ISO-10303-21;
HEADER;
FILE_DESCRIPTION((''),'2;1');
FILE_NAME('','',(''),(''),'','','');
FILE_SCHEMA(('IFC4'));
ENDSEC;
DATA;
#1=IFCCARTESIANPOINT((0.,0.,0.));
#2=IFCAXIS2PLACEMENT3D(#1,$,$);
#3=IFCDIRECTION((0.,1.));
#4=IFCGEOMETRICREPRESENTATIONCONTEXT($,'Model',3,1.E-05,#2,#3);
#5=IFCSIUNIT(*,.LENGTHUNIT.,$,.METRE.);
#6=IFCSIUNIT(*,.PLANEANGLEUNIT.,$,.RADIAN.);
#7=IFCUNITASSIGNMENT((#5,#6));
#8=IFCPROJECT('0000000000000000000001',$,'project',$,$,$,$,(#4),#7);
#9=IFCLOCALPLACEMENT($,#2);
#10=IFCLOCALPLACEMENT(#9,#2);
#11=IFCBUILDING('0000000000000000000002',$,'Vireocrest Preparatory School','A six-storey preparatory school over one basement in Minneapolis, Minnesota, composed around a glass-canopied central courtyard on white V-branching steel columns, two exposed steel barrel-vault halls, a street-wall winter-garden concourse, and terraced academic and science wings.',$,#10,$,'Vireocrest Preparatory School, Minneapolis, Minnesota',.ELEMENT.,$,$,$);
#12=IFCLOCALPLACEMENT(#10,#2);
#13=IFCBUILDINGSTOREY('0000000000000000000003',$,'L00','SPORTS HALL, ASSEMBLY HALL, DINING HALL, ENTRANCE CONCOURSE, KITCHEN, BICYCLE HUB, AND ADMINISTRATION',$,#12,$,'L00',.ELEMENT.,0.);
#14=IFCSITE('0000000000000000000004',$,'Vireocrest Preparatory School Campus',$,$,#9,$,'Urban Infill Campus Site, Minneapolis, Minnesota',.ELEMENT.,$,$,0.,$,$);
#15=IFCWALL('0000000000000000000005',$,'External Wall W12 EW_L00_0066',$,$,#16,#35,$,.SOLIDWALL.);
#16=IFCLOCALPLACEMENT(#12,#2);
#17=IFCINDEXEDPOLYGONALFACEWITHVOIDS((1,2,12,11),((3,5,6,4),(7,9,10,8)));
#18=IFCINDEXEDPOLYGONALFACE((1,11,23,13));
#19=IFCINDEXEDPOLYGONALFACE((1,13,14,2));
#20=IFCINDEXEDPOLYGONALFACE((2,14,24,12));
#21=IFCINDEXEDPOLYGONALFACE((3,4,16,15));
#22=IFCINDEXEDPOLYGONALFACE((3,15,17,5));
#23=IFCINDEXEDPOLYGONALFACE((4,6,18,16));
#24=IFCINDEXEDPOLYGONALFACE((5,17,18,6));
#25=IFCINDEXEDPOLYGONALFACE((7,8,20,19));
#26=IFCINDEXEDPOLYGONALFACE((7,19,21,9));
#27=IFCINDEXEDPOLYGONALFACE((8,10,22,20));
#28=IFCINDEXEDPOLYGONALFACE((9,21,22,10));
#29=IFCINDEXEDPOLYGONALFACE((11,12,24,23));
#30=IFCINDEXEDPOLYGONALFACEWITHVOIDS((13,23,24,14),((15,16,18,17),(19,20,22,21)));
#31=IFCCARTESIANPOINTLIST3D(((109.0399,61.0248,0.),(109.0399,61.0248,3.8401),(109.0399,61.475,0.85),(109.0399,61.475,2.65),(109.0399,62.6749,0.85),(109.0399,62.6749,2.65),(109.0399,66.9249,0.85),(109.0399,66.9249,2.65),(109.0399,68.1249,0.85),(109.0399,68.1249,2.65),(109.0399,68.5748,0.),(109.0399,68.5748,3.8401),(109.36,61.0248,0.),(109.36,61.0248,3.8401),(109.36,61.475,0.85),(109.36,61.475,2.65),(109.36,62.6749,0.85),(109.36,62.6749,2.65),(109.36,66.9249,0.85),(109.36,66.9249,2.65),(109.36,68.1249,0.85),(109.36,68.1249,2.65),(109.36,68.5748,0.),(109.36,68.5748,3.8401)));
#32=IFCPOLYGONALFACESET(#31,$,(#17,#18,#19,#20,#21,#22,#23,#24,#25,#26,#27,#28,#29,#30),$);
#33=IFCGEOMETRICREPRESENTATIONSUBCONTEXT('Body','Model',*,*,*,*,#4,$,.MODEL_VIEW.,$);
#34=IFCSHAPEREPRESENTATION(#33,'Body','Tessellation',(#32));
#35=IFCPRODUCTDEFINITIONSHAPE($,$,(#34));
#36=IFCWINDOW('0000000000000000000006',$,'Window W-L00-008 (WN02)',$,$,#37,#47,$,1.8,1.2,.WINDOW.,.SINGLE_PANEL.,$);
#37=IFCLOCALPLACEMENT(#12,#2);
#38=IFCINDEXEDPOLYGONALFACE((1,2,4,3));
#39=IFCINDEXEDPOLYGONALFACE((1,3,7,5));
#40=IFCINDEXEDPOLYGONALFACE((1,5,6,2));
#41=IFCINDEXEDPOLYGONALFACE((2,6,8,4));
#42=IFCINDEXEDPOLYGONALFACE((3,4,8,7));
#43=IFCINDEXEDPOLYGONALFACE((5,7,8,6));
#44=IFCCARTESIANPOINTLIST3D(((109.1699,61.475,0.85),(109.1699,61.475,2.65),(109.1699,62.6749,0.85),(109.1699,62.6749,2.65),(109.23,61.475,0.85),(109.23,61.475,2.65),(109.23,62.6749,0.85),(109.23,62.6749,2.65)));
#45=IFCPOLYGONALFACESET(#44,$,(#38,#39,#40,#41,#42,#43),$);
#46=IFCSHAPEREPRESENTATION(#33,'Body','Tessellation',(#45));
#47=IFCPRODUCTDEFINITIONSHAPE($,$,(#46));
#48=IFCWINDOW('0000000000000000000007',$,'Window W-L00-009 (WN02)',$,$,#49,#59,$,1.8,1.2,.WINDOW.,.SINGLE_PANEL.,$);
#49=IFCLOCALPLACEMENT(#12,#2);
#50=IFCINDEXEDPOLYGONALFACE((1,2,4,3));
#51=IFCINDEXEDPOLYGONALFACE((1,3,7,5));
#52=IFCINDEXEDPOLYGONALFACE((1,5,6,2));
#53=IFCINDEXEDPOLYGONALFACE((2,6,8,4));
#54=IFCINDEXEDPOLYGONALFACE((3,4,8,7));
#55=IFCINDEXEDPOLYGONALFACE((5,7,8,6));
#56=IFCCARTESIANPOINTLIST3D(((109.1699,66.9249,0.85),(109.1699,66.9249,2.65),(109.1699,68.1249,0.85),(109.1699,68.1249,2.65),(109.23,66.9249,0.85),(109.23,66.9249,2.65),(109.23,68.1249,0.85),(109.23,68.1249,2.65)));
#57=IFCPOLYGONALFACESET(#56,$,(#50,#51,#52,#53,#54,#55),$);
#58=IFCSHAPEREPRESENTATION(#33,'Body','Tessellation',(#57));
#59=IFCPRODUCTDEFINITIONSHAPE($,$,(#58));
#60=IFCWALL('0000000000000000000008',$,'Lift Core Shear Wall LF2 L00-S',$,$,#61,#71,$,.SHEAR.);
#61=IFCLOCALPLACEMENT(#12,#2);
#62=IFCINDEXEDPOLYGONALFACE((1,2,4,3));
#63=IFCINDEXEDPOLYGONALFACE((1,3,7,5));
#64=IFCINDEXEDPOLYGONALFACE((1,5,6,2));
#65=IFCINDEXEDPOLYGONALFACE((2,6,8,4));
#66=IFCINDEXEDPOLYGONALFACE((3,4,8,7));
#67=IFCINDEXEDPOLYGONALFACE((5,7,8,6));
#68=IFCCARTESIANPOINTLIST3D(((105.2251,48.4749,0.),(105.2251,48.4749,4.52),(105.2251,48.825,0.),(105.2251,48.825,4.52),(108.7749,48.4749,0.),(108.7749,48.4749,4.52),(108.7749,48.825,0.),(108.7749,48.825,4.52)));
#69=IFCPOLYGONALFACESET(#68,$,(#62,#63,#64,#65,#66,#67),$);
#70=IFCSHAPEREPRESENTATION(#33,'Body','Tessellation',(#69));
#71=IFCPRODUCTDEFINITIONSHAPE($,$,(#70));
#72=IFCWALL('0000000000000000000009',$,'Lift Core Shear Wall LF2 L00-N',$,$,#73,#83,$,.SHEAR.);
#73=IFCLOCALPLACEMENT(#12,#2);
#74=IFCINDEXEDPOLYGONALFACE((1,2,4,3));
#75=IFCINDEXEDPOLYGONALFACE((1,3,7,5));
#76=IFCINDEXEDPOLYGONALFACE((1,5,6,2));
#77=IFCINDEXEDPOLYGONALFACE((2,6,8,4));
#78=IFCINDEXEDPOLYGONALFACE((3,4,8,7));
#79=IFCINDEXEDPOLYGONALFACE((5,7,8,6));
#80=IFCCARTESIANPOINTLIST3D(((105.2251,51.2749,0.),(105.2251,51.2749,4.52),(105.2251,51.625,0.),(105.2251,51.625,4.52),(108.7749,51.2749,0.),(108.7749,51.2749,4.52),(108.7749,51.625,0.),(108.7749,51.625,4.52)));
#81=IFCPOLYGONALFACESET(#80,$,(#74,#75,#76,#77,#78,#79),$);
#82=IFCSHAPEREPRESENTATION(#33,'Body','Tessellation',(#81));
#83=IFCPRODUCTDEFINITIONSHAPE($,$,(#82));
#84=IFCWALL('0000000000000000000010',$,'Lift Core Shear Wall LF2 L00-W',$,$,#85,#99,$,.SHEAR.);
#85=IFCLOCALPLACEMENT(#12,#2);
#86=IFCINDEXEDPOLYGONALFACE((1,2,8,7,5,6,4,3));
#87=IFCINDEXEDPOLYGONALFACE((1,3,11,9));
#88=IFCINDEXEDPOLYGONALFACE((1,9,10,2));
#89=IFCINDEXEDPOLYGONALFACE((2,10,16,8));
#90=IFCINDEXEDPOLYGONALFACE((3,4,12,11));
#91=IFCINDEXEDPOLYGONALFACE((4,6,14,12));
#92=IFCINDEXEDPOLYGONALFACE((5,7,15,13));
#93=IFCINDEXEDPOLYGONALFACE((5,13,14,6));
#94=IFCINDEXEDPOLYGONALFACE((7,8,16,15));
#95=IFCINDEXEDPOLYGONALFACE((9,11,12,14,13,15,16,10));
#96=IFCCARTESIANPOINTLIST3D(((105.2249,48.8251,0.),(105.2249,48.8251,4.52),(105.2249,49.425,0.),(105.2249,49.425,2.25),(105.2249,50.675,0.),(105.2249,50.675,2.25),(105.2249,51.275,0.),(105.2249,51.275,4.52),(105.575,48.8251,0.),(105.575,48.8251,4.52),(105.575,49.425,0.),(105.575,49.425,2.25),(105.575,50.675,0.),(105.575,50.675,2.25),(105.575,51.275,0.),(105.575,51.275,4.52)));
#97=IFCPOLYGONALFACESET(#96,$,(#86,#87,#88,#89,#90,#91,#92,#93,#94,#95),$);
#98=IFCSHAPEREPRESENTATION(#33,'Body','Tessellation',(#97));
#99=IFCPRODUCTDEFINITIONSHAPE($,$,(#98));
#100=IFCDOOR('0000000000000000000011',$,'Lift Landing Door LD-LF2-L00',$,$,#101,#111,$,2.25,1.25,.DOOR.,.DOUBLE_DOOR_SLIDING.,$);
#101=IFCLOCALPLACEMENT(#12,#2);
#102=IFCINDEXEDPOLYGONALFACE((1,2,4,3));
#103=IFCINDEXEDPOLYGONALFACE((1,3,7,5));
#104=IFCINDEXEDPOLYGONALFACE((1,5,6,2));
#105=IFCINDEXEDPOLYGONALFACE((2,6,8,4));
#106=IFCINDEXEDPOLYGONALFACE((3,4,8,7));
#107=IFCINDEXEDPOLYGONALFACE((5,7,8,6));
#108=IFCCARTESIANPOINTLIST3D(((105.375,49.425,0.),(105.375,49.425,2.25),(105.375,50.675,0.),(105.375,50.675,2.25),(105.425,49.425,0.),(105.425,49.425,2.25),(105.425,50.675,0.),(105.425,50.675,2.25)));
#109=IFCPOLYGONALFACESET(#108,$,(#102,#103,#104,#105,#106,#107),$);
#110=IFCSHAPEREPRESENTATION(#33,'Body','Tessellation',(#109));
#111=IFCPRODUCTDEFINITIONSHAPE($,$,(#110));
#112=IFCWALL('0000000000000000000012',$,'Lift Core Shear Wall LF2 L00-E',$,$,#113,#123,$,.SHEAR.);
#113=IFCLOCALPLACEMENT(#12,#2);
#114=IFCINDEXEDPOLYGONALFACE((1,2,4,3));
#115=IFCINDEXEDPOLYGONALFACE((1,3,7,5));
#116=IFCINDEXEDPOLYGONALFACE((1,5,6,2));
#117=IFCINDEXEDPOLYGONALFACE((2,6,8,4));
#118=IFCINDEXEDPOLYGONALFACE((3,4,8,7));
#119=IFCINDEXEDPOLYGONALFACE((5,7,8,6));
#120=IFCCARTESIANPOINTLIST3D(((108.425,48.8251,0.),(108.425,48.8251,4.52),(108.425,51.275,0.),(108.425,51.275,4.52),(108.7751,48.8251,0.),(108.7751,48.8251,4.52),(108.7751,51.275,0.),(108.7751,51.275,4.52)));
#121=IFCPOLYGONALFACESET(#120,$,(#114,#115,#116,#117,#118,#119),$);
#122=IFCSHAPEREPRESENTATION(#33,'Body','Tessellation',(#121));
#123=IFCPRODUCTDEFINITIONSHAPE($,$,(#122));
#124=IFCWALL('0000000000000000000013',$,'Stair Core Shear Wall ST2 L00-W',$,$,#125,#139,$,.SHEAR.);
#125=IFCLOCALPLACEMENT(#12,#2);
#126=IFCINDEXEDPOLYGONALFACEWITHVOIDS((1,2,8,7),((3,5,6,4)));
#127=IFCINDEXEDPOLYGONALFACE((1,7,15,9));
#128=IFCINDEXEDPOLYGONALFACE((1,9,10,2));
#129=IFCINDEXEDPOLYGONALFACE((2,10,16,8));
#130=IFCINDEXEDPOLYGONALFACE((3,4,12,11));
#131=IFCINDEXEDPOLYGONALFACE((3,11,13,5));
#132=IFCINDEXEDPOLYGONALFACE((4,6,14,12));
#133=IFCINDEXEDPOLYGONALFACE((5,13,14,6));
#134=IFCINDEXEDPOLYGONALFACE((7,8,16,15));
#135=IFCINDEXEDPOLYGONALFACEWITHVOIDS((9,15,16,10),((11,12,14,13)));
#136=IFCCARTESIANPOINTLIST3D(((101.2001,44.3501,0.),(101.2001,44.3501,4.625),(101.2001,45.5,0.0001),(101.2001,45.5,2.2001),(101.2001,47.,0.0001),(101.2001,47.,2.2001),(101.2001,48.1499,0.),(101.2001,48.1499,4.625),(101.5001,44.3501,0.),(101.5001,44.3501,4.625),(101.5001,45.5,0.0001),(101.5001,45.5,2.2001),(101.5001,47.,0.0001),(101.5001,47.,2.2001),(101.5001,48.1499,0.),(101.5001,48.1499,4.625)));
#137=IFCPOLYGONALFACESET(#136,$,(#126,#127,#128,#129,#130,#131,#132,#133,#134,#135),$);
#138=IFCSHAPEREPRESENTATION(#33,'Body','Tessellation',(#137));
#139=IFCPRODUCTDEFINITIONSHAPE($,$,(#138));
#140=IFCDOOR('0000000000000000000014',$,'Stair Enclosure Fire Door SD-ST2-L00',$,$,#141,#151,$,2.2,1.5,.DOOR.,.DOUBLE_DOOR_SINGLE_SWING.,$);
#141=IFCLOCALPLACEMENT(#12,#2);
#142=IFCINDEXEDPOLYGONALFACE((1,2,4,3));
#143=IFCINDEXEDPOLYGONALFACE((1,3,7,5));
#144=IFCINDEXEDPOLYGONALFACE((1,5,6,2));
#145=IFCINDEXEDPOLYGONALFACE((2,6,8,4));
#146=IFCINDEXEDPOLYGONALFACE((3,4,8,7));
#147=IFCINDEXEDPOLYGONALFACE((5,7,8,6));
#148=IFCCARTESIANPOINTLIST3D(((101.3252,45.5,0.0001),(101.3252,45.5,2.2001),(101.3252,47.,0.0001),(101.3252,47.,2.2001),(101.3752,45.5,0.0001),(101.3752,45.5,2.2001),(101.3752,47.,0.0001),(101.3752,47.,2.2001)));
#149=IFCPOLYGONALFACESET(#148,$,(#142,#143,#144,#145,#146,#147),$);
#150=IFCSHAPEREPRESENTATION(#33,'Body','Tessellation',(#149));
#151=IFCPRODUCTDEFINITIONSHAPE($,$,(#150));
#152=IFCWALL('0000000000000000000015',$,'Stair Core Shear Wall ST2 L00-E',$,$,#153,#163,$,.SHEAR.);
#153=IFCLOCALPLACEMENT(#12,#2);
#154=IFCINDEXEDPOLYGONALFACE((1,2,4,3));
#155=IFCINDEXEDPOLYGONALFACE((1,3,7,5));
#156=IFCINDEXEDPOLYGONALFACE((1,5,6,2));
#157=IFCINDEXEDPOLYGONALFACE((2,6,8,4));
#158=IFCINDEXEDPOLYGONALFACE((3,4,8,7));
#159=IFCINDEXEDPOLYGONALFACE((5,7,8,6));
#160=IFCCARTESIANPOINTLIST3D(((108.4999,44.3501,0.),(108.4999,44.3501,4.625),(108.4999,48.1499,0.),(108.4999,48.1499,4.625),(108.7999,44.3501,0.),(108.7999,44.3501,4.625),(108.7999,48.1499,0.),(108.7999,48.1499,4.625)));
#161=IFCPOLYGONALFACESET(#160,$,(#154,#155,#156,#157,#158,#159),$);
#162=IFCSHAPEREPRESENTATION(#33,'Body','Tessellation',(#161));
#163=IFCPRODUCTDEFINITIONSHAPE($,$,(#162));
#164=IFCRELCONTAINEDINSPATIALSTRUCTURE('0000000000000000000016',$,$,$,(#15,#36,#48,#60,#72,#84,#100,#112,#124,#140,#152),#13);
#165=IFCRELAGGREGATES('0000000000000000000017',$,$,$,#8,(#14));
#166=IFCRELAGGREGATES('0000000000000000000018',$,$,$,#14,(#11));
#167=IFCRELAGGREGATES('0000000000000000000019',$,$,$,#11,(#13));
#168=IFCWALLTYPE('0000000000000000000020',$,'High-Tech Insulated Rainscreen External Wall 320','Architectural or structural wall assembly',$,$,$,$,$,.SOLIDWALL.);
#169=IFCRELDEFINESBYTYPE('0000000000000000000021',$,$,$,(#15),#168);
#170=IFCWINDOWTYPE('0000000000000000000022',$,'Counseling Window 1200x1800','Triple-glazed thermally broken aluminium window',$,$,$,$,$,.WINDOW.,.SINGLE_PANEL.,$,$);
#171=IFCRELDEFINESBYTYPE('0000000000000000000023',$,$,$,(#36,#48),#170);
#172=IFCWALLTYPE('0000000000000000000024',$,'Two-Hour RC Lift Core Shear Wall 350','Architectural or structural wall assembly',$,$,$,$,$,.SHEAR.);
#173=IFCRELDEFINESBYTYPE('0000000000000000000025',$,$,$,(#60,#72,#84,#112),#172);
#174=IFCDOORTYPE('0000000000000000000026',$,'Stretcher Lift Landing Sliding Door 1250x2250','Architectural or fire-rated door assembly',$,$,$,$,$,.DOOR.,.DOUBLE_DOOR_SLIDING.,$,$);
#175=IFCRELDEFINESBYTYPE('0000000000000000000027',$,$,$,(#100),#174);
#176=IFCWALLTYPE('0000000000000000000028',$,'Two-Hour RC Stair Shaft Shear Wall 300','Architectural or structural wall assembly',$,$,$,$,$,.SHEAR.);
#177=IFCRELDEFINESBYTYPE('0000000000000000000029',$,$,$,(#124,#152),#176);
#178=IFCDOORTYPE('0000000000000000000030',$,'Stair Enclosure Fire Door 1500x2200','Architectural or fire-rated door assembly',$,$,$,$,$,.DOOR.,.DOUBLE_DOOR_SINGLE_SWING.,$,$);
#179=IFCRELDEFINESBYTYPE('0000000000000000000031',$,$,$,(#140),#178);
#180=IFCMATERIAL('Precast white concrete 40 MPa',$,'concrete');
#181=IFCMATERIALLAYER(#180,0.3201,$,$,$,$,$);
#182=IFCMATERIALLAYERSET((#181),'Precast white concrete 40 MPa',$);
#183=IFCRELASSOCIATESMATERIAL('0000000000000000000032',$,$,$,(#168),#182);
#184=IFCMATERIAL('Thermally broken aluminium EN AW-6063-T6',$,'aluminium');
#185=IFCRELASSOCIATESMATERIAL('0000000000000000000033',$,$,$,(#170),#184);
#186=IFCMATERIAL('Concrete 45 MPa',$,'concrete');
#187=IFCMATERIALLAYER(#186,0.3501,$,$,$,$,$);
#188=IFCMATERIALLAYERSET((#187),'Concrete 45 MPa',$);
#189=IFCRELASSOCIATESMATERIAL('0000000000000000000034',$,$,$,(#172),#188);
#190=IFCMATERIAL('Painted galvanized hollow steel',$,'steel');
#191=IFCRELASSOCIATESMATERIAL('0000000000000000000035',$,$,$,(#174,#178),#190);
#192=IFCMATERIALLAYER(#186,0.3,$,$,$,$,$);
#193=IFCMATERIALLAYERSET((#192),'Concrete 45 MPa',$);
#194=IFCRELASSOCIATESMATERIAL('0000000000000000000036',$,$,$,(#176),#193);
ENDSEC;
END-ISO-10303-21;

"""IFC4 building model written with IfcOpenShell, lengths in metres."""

from ifc_helpers import new_model, si_unit, direction, frame, frame_2d, origin, place, context, subcontext, project, spatial, rectangle, extrude, material, layer, layer_set, type_object, element, fill, save


model = new_model("IFC4")

# Units and contexts
model_context = context("Model", 3, precision=1e-05, world=origin(), true_north=direction((0.0, 1.0)))
body_context = subcontext(model_context, "Body", "Model", "MODEL_VIEW")
ifc_project = project(units=[si_unit("LENGTHUNIT", "METRE"), si_unit("PLANEANGLEUNIT", "RADIAN")], contexts=[model_context])

# Site, building, storey
site_placement = place(None, origin())
site = spatial("IfcSite", under=ifc_project, at=site_placement, Name="Vireocrest Preparatory School Campus", LongName="Urban Infill Campus Site, Minneapolis, Minnesota", CompositionType="ELEMENT", RefElevation=0.0)
building_placement = place(site_placement, origin())
building = spatial("IfcBuilding", under=site, at=building_placement, Name="Vireocrest Preparatory School", Description="A six-storey preparatory school over one basement in Minneapolis, Minnesota, composed around a glass-canopied central courtyard on white V-branching steel columns, two exposed steel barrel-vault halls, a street-wall winter-garden concourse, and terraced academic and science wings.", LongName="Vireocrest Preparatory School, Minneapolis, Minnesota", CompositionType="ELEMENT")
storey_placement = place(building_placement, origin())
storey = spatial("IfcBuildingStorey", under=building, at=storey_placement, Name="L00", Description="SPORTS HALL, ASSEMBLY HALL, DINING HALL, ENTRANCE CONCOURSE, KITCHEN, BICYCLE HUB, AND ADMINISTRATION", LongName="L00", CompositionType="ELEMENT", Elevation=0.0)

# Shared definitions
ifc_material_1 = material(Name="Concrete 45 MPa", Category="concrete")

# Shared definitions
ifc_material_2 = material(Name="Precast white concrete 40 MPa", Category="concrete")
ifc_layer_1 = layer(ifc_material_2, 0.3201)
ifc_layer_set_1 = layer_set([ifc_layer_1], Name="Precast white concrete 40 MPa")
wall_type_1 = type_object("IfcWallType", Name="High-Tech Insulated Rainscreen External Wall 320", Description="Architectural or structural wall assembly", PredefinedType="SOLIDWALL", material=ifc_layer_set_1)
ifc_material_3 = material(Name="Thermally broken aluminium EN AW-6063-T6", Category="aluminium")
window_type_1 = type_object("IfcWindowType", Name="Counseling Window 1200x1800", Description="Triple-glazed thermally broken aluminium window", PartitioningType="SINGLE_PANEL", PredefinedType="WINDOW", material=ifc_material_3)

# Shared definitions
ifc_material_4 = material(Name="Painted galvanized hollow steel", Category="steel")

# Wall, openings, windows
wall_1_placement = place(storey_placement, frame((109.2, 61.0249, 0.0), z_axis=(0.0, 0.0, 1.0), x_axis=(0.0, 1.0, 0.0)))
wall_1 = element("IfcWall", 1, at=wall_1_placement, inside=storey, type_object=wall_type_1, Name="External Wall W12 EW_L00_0066", PredefinedType="SOLIDWALL", context=body_context, shape_type="SweptSolid", body=[
    extrude(rectangle(XDim=7.55, YDim=0.3201, at=frame_2d((3.7749, 0.0))), origin(), (0.0, 0.0, 1.0), 3.8401),
])
opening_1_placement = place(wall_1_placement, frame((0.45, 0.0, 0.8501)))
opening_1 = element("IfcOpeningElement", 2, at=opening_1_placement, cuts=wall_1, PredefinedType="OPENING", context=body_context, shape_type="SweptSolid", body=[
    extrude(rectangle(XDim=1.2, YDim=1.8, at=frame_2d((0.6001, 0.8999))), frame((0.0, 0.1699, 0.0), z_axis=(0.0, -1.0, 0.0), x_axis=(1.0, 0.0, 0.0)), (0.0, 0.0, 1.0), 0.3401),
])
opening_2_placement = place(wall_1_placement, frame((5.8999, 0.0, 0.8501)))
opening_2 = element("IfcOpeningElement", 3, at=opening_2_placement, cuts=wall_1, PredefinedType="OPENING", context=body_context, shape_type="SweptSolid", body=[
    extrude(rectangle(XDim=1.2, YDim=1.8, at=frame_2d((0.6001, 0.8999))), frame((0.0, 0.1699, 0.0), z_axis=(0.0, -1.0, 0.0), x_axis=(1.0, 0.0, 0.0)), (0.0, 0.0, 1.0), 0.3401),
])
window_1_placement = place(opening_1_placement, origin())
window_1 = element("IfcWindow", 4, at=window_1_placement, inside=storey, type_object=window_type_1, Name="Window W-L00-008 (WN02)", OverallHeight=1.8, OverallWidth=1.2, PartitioningType="SINGLE_PANEL", PredefinedType="WINDOW", context=body_context, shape_type="SweptSolid", body=[
    extrude(rectangle(XDim=1.2, YDim=1.8, at=frame_2d((0.6001, 0.8999))), frame((0.0, 0.03, 0.0), z_axis=(0.0, -1.0, 0.0), x_axis=(1.0, 0.0, 0.0)), (0.0, 0.0, 1.0), 0.0601),
])
fill(opening_1, window_1)
window_2_placement = place(opening_2_placement, origin())
window_2 = element("IfcWindow", 5, at=window_2_placement, inside=storey, type_object=window_type_1, Name="Window W-L00-009 (WN02)", OverallHeight=1.8, OverallWidth=1.2, PartitioningType="SINGLE_PANEL", PredefinedType="WINDOW", context=body_context, shape_type="SweptSolid", body=[
    extrude(rectangle(XDim=1.2, YDim=1.8, at=frame_2d((0.6001, 0.8999))), frame((0.0, 0.03, 0.0), z_axis=(0.0, -1.0, 0.0), x_axis=(1.0, 0.0, 0.0)), (0.0, 0.0, 1.0), 0.0601),
])
fill(opening_2, window_2)

# Walls
ifc_layer_2 = layer(ifc_material_1, 0.3501)
ifc_layer_set_2 = layer_set([ifc_layer_2], Name="Concrete 45 MPa")
wall_type_2 = type_object("IfcWallType", Name="Two-Hour RC Lift Core Shear Wall 350", Description="Architectural or structural wall assembly", PredefinedType="SHEAR", material=ifc_layer_set_2)
for number, where, z_axis, x_axis, name in (
    (6, (105.2251, 48.6499, 0.0), (0.0, 0.0, 1.0), (1.0, 0.0, 0.0), "Lift Core Shear Wall LF2 L00-S"),
    (7, (105.2251, 51.45, 0.0), (0.0, 0.0, 1.0), (1.0, 0.0, 0.0), "Lift Core Shear Wall LF2 L00-N"),
):
    element("IfcWall", number, at=place(storey_placement, frame(where, z_axis=z_axis, x_axis=x_axis)), inside=storey, type_object=wall_type_2, Name=name, PredefinedType="SHEAR", context=body_context, shape_type="SweptSolid", body=[
        extrude(rectangle(XDim=3.5498, YDim=0.3501, at=frame_2d((1.7749, 0.0))), origin(), (0.0, 0.0, 1.0), 4.52),
    ])

# Wall, opening, door
wall_2_placement = place(storey_placement, frame((105.3999, 48.825, 0.0), z_axis=(0.0, 0.0, 1.0), x_axis=(0.0, 1.0, 0.0)))
wall_2 = element("IfcWall", 8, at=wall_2_placement, inside=storey, type_object=wall_type_2, Name="Lift Core Shear Wall LF2 L00-W", PredefinedType="SHEAR", context=body_context, shape_type="SweptSolid", body=[
    extrude(rectangle(XDim=2.45, YDim=0.3501, at=frame_2d((1.2251, 0.0))), origin(), (0.0, 0.0, 1.0), 4.52),
])
opening_3_placement = place(wall_2_placement, frame((0.6001, 0.0, 0.0)))
opening_3 = element("IfcOpeningElement", 9, at=opening_3_placement, cuts=wall_2, PredefinedType="OPENING", context=body_context, shape_type="SweptSolid", body=[
    extrude(rectangle(XDim=1.25, YDim=2.25, at=frame_2d((0.625, 1.125))), frame((0.0, 0.1851, 0.0), z_axis=(0.0, -1.0, 0.0), x_axis=(1.0, 0.0, 0.0)), (0.0, 0.0, 1.0), 0.3701),
])
door_type_1 = type_object("IfcDoorType", Name="Stretcher Lift Landing Sliding Door 1250x2250", Description="Architectural or fire-rated door assembly", OperationType="DOUBLE_DOOR_SLIDING", PredefinedType="DOOR", material=ifc_material_4)
door_1_placement = place(opening_3_placement, origin())
door_1 = element("IfcDoor", 10, at=door_1_placement, inside=storey, type_object=door_type_1, Name="Lift Landing Door LD-LF2-L00", OperationType="DOUBLE_DOOR_SLIDING", OverallHeight=2.25, OverallWidth=1.25, PredefinedType="DOOR", context=body_context, shape_type="SweptSolid", body=[
    extrude(rectangle(XDim=1.25, YDim=2.25, at=frame_2d((0.625, 1.125))), frame((0.0, 0.0249, 0.0), z_axis=(0.0, -1.0, 0.0), x_axis=(1.0, 0.0, 0.0)), (0.0, 0.0, 1.0), 0.05),
])
fill(opening_3, door_1)

# Wall
wall_3_placement = place(storey_placement, frame((108.6001, 48.825, 0.0), z_axis=(0.0, 0.0, 1.0), x_axis=(0.0, 1.0, 0.0)))
element("IfcWall", 11, at=wall_3_placement, inside=storey, type_object=wall_type_2, Name="Lift Core Shear Wall LF2 L00-E", PredefinedType="SHEAR", context=body_context, shape_type="SweptSolid", body=[
    extrude(rectangle(XDim=2.45, YDim=0.3501, at=frame_2d((1.2251, 0.0))), origin(), (0.0, 0.0, 1.0), 4.52),
])

# Wall, opening, door
ifc_layer_3 = layer(ifc_material_1, 0.3)
ifc_layer_set_3 = layer_set([ifc_layer_3], Name="Concrete 45 MPa")
wall_type_3 = type_object("IfcWallType", Name="Two-Hour RC Stair Shaft Shear Wall 300", Description="Architectural or structural wall assembly", PredefinedType="SHEAR", material=ifc_layer_set_3)
wall_4_placement = place(storey_placement, frame((101.3501, 44.3501, 0.0), z_axis=(0.0, 0.0, 1.0), x_axis=(0.0, 1.0, 0.0)))
wall_4 = element("IfcWall", 12, at=wall_4_placement, inside=storey, type_object=wall_type_3, Name="Stair Core Shear Wall ST2 L00-W", PredefinedType="SHEAR", context=body_context, shape_type="SweptSolid", body=[
    extrude(rectangle(XDim=3.7998, YDim=0.3, at=frame_2d((1.8999, 0.0))), origin(), (0.0, 0.0, 1.0), 4.625),
])
opening_4_placement = place(wall_4_placement, frame((1.1499, 0.0, 0.0)))
opening_4 = element("IfcOpeningElement", 13, at=opening_4_placement, cuts=wall_4, PredefinedType="OPENING", context=body_context, shape_type="SweptSolid", body=[
    extrude(rectangle(XDim=1.5, YDim=2.2, at=frame_2d((0.75, 1.1001))), frame((0.0, 0.1599, 0.0), z_axis=(0.0, -1.0, 0.0), x_axis=(1.0, 0.0, 0.0)), (0.0, 0.0, 1.0), 0.3201),
])
door_type_2 = type_object("IfcDoorType", Name="Stair Enclosure Fire Door 1500x2200", Description="Architectural or fire-rated door assembly", OperationType="DOUBLE_DOOR_SINGLE_SWING", PredefinedType="DOOR", material=ifc_material_4)
door_2_placement = place(opening_4_placement, origin())
door_2 = element("IfcDoor", 14, at=door_2_placement, inside=storey, type_object=door_type_2, Name="Stair Enclosure Fire Door SD-ST2-L00", OperationType="DOUBLE_DOOR_SINGLE_SWING", OverallHeight=2.2, OverallWidth=1.5, PredefinedType="DOOR", context=body_context, shape_type="SweptSolid", body=[
    extrude(rectangle(XDim=1.5, YDim=2.2, at=frame_2d((0.75, 1.1001))), frame((0.0, 0.0249, 0.0), z_axis=(0.0, -1.0, 0.0), x_axis=(1.0, 0.0, 0.0)), (0.0, 0.0, 1.0), 0.05),
])
fill(opening_4, door_2)

# Wall
wall_5_placement = place(storey_placement, frame((108.6499, 44.3501, 0.0), z_axis=(0.0, 0.0, 1.0), x_axis=(0.0, 1.0, 0.0)))
element("IfcWall", 15, at=wall_5_placement, inside=storey, type_object=wall_type_3, Name="Stair Core Shear Wall ST2 L00-E", PredefinedType="SHEAR", context=body_context, shape_type="SweptSolid", body=[
    extrude(rectangle(XDim=3.7998, YDim=0.3, at=frame_2d((1.8999, 0.0))), origin(), (0.0, 0.0, 1.0), 4.625),
])

save(model, "model.ifc")
